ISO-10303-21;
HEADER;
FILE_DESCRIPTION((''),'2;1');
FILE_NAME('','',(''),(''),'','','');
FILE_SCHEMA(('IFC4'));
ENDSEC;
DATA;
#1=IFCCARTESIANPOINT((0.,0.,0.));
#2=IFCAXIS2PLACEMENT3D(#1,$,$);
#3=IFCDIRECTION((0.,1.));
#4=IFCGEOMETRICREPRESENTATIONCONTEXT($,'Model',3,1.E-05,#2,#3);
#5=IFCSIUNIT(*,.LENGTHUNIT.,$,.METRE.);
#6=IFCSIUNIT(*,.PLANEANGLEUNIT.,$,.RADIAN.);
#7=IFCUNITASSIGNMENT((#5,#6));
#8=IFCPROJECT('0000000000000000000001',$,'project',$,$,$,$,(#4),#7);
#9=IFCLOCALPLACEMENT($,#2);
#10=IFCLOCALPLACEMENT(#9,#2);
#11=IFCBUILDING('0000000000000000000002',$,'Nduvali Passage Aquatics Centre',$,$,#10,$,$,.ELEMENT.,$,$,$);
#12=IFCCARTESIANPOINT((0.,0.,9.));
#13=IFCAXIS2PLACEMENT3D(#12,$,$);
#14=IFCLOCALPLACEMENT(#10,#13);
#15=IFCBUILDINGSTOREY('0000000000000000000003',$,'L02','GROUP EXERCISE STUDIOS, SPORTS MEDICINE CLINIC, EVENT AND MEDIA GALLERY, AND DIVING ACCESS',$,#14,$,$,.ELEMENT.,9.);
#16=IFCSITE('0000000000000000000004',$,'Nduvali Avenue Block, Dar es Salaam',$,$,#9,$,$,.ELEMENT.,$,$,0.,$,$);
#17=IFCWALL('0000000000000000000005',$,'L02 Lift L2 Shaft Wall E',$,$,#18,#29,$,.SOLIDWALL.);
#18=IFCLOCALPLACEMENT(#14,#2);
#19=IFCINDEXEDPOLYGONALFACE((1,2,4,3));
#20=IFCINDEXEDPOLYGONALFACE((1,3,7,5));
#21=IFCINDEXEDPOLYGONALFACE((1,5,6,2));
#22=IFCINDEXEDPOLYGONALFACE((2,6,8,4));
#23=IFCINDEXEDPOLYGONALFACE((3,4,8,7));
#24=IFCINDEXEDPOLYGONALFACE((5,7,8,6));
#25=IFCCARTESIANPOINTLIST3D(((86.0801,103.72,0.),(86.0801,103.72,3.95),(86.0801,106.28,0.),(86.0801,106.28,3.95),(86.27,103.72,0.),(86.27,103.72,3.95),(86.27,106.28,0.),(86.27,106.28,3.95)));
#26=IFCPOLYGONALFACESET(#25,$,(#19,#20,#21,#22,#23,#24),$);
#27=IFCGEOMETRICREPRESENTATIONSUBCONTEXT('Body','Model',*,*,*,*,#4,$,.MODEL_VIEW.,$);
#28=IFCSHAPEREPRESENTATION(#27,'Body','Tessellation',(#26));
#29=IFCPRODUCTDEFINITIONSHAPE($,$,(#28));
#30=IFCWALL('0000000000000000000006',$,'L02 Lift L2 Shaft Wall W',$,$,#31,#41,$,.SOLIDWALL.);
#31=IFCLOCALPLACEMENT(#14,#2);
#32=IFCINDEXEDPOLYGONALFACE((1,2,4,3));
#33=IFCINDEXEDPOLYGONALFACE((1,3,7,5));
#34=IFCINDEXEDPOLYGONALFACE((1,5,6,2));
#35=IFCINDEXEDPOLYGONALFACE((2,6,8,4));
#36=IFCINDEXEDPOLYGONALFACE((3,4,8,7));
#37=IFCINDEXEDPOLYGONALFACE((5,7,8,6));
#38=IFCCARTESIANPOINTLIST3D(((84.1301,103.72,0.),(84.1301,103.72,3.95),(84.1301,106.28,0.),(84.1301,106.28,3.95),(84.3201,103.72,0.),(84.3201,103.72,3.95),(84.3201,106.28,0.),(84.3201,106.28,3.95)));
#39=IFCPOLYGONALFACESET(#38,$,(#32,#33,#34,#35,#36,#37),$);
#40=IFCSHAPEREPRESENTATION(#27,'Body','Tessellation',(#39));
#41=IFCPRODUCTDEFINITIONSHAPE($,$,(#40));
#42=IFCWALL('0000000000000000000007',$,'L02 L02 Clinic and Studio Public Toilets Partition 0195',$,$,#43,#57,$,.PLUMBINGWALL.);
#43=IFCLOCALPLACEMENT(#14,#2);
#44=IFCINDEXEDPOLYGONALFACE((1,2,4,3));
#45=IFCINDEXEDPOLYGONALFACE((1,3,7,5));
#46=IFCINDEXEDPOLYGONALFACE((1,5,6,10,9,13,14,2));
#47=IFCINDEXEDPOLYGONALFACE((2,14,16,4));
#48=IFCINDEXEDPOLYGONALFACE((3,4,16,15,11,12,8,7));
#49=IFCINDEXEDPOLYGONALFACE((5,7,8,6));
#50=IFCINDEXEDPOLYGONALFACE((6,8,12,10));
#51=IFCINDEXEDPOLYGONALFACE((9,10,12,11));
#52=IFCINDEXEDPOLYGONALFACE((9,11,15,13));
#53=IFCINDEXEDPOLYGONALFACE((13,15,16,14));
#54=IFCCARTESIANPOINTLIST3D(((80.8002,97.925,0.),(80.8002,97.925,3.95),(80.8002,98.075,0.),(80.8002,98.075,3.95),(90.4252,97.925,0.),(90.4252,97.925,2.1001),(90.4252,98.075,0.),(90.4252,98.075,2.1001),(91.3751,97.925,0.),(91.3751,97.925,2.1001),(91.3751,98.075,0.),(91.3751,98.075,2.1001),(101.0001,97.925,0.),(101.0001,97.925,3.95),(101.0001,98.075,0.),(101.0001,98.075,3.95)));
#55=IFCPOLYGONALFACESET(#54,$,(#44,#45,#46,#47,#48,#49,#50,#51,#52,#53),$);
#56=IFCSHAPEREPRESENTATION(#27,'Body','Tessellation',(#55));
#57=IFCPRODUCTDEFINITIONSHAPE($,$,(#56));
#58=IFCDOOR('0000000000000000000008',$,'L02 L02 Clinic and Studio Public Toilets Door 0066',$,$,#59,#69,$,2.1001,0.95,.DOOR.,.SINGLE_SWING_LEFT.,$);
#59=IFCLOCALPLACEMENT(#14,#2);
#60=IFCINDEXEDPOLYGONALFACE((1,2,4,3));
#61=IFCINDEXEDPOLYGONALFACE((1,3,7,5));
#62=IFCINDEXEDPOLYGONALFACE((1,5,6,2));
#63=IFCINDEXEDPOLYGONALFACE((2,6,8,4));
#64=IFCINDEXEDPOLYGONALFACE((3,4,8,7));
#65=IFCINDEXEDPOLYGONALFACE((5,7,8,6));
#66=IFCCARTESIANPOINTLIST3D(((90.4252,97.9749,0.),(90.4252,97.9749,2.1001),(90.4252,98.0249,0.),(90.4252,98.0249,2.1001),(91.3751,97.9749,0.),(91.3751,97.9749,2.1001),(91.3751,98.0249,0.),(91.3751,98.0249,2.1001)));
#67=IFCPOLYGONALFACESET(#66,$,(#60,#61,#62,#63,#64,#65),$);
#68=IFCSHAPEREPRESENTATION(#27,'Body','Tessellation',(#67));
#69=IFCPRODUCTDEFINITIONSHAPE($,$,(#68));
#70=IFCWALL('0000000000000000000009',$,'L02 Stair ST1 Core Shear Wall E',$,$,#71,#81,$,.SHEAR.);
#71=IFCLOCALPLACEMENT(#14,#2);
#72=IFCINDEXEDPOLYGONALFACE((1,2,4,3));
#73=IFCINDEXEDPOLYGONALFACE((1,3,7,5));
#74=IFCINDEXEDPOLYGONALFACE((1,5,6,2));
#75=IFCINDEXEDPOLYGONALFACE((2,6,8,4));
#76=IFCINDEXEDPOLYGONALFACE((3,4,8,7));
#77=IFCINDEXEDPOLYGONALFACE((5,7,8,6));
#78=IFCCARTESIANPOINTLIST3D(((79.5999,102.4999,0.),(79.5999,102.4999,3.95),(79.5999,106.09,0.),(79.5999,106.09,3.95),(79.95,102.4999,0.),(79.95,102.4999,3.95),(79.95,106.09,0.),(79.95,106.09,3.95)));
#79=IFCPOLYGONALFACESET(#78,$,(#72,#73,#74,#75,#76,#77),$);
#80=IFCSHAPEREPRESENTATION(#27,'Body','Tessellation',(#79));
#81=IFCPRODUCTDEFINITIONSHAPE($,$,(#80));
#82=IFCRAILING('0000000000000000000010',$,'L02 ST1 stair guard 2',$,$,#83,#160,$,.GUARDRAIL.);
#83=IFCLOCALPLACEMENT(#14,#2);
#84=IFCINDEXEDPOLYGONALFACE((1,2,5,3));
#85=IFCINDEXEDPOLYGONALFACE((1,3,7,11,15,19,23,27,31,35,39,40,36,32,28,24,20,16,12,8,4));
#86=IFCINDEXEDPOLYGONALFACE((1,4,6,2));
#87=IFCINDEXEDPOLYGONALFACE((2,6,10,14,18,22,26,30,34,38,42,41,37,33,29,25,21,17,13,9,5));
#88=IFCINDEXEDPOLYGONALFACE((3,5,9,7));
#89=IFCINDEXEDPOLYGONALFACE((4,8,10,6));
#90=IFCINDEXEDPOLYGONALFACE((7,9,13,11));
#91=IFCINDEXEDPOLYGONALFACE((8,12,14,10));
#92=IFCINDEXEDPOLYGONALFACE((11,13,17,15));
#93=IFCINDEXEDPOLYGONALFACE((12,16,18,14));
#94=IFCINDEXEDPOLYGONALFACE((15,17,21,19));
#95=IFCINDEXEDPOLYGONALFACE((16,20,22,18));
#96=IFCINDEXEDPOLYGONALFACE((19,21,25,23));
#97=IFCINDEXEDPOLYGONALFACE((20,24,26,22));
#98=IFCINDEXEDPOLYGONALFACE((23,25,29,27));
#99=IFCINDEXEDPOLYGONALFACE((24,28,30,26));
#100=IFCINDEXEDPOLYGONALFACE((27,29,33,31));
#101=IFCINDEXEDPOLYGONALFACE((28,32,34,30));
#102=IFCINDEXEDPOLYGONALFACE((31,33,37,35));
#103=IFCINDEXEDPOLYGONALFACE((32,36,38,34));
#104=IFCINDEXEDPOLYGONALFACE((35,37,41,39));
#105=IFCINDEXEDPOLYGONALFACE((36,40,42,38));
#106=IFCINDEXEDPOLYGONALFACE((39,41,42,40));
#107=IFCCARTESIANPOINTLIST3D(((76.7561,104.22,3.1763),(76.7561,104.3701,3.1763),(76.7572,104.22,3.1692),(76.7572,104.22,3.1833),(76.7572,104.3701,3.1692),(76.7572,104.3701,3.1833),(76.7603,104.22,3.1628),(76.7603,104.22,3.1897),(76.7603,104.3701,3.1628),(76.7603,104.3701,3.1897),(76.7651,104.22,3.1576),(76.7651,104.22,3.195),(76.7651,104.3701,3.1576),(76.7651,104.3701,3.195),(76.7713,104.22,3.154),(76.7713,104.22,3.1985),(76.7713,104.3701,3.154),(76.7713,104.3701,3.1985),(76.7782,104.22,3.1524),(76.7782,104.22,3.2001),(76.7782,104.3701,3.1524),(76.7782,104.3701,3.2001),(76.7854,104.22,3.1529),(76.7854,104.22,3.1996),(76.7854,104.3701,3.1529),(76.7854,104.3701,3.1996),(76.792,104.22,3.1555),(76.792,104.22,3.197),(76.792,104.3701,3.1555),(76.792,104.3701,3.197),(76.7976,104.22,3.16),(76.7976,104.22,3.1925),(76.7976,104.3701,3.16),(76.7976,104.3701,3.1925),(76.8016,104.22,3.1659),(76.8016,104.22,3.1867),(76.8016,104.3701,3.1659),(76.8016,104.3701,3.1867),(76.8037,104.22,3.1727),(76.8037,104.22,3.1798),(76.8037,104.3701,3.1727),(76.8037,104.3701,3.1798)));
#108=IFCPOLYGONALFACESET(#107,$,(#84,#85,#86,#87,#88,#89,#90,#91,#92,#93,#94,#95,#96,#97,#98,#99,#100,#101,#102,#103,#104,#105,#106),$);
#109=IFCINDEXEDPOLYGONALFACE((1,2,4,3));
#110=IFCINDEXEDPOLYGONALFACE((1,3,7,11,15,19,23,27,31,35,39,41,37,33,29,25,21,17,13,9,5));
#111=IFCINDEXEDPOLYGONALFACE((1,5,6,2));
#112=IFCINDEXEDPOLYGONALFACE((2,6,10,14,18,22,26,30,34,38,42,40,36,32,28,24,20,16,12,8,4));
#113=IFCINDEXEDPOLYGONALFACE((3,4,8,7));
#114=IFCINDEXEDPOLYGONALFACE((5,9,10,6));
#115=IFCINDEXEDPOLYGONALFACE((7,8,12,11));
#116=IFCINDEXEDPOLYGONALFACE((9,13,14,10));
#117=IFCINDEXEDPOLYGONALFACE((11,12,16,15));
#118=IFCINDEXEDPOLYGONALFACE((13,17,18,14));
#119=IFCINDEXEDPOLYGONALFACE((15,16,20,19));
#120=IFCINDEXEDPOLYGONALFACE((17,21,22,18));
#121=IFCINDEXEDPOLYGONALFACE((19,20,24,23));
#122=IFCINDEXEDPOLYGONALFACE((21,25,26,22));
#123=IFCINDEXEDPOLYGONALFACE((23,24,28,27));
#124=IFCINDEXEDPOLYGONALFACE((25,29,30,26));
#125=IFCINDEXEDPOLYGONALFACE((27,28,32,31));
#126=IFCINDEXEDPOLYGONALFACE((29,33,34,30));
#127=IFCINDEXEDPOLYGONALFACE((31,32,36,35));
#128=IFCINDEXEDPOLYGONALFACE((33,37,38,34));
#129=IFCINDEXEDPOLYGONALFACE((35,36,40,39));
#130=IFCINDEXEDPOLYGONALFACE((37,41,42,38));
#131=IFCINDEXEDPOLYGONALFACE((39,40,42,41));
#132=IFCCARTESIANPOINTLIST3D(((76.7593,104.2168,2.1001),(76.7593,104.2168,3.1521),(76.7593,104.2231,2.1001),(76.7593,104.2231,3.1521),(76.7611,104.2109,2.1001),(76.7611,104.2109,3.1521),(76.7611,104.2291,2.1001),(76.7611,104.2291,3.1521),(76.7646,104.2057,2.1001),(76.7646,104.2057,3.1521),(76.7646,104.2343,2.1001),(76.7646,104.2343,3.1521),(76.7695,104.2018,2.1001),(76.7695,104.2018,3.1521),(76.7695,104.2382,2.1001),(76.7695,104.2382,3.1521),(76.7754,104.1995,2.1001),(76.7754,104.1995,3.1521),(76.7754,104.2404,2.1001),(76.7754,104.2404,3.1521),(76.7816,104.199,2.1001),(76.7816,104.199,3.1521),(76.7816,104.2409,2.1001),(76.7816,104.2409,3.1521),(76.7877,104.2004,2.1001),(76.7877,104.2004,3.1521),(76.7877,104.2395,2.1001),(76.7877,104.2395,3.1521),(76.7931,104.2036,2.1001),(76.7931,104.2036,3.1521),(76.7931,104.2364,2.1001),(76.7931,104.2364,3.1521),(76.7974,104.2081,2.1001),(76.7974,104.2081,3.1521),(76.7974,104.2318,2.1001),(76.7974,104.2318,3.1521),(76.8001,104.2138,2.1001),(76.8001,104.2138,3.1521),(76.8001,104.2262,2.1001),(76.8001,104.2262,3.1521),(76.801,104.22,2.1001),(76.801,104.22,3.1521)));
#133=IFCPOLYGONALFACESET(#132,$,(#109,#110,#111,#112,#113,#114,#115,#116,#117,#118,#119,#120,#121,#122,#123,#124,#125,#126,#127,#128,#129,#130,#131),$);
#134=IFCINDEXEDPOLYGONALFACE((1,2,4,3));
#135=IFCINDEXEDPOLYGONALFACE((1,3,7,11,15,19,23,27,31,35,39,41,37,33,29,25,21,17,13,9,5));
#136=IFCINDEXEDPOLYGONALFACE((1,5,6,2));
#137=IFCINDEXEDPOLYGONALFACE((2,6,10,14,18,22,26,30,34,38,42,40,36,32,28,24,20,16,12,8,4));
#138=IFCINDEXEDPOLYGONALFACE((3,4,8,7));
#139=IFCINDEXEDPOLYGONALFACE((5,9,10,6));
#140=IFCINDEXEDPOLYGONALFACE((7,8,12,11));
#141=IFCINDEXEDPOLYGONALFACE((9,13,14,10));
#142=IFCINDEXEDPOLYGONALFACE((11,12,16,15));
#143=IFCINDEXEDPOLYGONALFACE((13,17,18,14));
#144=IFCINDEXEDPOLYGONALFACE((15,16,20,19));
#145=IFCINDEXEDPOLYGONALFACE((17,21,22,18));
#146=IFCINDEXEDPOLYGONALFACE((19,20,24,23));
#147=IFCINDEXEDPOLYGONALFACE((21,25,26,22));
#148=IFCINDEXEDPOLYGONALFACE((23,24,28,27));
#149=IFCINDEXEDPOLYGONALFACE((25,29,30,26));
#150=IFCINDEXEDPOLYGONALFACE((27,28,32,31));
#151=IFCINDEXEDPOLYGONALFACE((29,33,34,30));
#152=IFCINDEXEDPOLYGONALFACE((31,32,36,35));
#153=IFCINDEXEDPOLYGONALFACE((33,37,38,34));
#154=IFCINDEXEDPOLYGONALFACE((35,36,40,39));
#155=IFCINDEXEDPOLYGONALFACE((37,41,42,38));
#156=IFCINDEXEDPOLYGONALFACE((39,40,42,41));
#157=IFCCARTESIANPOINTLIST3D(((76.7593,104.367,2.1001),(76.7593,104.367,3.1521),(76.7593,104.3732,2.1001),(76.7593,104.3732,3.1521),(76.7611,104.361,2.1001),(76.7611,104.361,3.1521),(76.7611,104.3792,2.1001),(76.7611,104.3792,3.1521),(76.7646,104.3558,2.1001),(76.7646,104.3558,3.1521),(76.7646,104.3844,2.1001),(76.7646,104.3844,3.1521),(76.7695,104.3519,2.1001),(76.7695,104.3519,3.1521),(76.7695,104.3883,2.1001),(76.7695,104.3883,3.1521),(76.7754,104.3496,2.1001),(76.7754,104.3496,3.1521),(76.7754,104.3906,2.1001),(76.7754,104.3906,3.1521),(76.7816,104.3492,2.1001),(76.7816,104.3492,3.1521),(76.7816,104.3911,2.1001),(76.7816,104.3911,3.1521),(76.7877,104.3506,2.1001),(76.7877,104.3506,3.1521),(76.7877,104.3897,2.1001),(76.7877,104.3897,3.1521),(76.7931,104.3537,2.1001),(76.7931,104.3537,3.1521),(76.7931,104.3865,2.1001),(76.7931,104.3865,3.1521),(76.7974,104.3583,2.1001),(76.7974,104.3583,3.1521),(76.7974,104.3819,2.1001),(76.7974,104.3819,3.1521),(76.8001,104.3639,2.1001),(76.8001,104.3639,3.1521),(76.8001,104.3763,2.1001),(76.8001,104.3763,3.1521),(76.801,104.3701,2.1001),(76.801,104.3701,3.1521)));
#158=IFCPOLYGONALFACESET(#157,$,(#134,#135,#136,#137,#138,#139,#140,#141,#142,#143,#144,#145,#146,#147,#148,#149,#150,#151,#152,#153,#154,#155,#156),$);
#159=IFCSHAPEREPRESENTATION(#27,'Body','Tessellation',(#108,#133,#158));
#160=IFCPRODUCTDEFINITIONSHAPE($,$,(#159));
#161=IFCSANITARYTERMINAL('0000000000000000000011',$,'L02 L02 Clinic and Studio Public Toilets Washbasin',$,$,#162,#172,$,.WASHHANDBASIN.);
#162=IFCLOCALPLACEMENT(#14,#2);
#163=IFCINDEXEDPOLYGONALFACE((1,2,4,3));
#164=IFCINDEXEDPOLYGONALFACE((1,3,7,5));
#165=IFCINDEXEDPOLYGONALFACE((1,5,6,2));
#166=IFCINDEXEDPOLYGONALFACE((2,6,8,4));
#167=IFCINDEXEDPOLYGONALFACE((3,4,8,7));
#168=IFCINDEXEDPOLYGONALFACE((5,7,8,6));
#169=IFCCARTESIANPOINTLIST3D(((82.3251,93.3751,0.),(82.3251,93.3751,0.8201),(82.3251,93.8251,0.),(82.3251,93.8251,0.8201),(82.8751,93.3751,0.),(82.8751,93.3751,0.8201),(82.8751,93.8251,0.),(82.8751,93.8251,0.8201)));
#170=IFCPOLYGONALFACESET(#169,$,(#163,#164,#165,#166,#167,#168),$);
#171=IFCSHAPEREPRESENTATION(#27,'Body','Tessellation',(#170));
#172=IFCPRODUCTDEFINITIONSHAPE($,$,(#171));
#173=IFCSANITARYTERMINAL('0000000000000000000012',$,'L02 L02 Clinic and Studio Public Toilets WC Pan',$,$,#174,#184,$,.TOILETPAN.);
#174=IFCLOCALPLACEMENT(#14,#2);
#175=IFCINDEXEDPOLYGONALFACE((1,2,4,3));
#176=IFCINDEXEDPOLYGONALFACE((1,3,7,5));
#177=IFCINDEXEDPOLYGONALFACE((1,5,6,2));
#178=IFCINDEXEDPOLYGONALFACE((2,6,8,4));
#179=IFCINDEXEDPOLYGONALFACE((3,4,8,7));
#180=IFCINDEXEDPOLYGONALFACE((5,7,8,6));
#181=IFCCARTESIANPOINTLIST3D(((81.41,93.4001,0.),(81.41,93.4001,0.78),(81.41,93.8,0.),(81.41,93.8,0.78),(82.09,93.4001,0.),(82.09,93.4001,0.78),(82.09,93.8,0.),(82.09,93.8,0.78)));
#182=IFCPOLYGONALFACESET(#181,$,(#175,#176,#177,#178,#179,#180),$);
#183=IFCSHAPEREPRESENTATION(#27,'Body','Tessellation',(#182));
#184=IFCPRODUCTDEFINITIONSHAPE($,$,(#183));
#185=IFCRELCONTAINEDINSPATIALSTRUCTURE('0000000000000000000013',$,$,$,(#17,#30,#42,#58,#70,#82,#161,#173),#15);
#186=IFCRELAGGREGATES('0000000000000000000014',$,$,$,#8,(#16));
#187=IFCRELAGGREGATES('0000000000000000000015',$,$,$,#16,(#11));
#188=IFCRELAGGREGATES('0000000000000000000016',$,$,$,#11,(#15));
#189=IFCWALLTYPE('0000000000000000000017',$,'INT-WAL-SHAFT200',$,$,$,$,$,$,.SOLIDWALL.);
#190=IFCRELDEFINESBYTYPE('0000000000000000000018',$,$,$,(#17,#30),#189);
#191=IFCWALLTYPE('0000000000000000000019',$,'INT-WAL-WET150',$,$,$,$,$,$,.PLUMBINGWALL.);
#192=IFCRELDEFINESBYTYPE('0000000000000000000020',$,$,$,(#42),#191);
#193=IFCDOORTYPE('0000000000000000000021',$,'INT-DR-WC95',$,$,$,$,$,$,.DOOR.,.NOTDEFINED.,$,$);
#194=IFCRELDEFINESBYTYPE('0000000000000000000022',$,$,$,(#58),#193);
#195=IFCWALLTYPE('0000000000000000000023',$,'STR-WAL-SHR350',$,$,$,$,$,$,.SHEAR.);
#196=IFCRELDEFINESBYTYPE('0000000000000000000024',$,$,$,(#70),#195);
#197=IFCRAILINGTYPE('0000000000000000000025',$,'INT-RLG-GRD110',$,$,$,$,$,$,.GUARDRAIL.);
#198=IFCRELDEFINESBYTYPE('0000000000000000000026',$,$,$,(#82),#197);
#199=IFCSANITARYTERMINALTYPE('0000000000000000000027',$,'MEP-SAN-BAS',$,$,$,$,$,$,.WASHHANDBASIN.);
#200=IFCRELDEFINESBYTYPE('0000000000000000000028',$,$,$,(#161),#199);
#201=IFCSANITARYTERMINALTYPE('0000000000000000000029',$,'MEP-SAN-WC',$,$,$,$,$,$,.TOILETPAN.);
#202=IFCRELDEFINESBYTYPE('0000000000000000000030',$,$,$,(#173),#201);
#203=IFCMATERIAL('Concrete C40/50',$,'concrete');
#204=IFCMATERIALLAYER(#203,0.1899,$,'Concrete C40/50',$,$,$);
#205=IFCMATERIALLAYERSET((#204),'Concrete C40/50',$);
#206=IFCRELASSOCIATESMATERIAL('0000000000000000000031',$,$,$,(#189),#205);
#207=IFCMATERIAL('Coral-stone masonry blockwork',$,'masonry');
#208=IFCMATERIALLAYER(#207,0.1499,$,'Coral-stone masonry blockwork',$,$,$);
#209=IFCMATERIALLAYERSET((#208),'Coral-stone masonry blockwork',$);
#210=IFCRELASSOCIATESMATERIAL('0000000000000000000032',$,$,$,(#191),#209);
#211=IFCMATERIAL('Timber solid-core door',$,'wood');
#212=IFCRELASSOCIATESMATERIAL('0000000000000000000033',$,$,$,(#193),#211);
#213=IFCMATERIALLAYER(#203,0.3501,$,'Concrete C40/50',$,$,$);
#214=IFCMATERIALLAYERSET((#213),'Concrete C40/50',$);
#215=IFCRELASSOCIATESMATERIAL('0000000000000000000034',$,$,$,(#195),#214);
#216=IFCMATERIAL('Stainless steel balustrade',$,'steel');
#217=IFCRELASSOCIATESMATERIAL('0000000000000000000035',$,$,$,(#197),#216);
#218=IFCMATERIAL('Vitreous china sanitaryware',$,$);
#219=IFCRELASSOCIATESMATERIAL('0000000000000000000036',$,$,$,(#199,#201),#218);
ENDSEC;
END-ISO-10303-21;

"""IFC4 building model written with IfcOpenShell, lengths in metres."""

from ifc_helpers import new_model, si_unit, direction, frame, frame_2d, origin, origin_2d, place, context, subcontext, project, spatial, rectangle, circle, extrude, material, layer, layer_set, type_object, element, fill, save


model = new_model("IFC4")

# Units and contexts
model_context = context("Model", 3, precision=1e-05, world=origin(), true_north=direction((0.0, 1.0)))
body_context = subcontext(model_context, "Body", "Model", "MODEL_VIEW")
ifc_project = project(units=[si_unit("LENGTHUNIT", "METRE"), si_unit("PLANEANGLEUNIT", "RADIAN")], contexts=[model_context])

# Site, building, storey
site_placement = place(None, origin())
site = spatial("IfcSite", under=ifc_project, at=site_placement, Name="Nduvali Avenue Block, Dar es Salaam", CompositionType="ELEMENT", RefElevation=0.0)
building_placement = place(site_placement, origin())
building = spatial("IfcBuilding", under=site, at=building_placement, Name="Nduvali Passage Aquatics Centre", CompositionType="ELEMENT")
storey_placement = place(building_placement, frame((0.0, 0.0, 9.0)))
storey = spatial("IfcBuildingStorey", under=building, at=storey_placement, Name="L02", Description="GROUP EXERCISE STUDIOS, SPORTS MEDICINE CLINIC, EVENT AND MEDIA GALLERY, AND DIVING ACCESS", CompositionType="ELEMENT", Elevation=9.0)

# Shared definitions
ifc_material_1 = material(Name="Concrete C40/50", Category="concrete")

# Shared definitions
ifc_layer_1 = layer(ifc_material_1, 0.1899, Name="Concrete C40/50")
ifc_layer_set_1 = layer_set([ifc_layer_1], Name="Concrete C40/50")
wall_type_1 = type_object("IfcWallType", Name="INT-WAL-SHAFT200", PredefinedType="SOLIDWALL", material=ifc_layer_set_1)

# Walls
for number, where, z_axis, x_axis, name in (
    (1, (86.175, 103.72, 0.0), (0.0, 0.0, 1.0), (0.0, 1.0, 0.0), "L02 Lift L2 Shaft Wall E"),
    (2, (84.2251, 106.28, 0.0), (0.0, 0.0, 1.0), (0.0, -1.0, 0.0), "L02 Lift L2 Shaft Wall W"),
):
    element("IfcWall", number, at=place(storey_placement, frame(where, z_axis=z_axis, x_axis=x_axis)), inside=storey, type_object=wall_type_1, Name=name, PredefinedType="SOLIDWALL", context=body_context, shape_type="SweptSolid", body=[
        extrude(rectangle(XDim=2.5601, YDim=0.1899, at=frame_2d((1.28, 0.0))), origin(), (0.0, 0.0, 1.0), 3.95),
    ])

# Wall, opening, door
ifc_material_2 = material(Name="Coral-stone masonry blockwork", Category="masonry")
ifc_layer_2 = layer(ifc_material_2, 0.1499, Name="Coral-stone masonry blockwork")
ifc_layer_set_2 = layer_set([ifc_layer_2], Name="Coral-stone masonry blockwork")
wall_type_2 = type_object("IfcWallType", Name="INT-WAL-WET150", PredefinedType="PLUMBINGWALL", material=ifc_layer_set_2)
wall_1_placement = place(storey_placement, frame((80.8, 98.0, 0.0), z_axis=(0.0, 0.0, 1.0), x_axis=(1.0, 0.0, 0.0)))
wall_1 = element("IfcWall", 3, at=wall_1_placement, inside=storey, type_object=wall_type_2, Name="L02 L02 Clinic and Studio Public Toilets Partition 0195", PredefinedType="PLUMBINGWALL", context=body_context, shape_type="SweptSolid", body=[
    extrude(rectangle(XDim=20.2, YDim=0.1499, at=frame_2d((10.1001, 0.0))), origin(), (0.0, 0.0, 1.0), 3.95),
])
opening_1_placement = place(wall_1_placement, frame((9.625, 0.0, 0.0)))
opening_1 = element("IfcOpeningElement", 4, at=opening_1_placement, cuts=wall_1, PredefinedType="OPENING", context=body_context, shape_type="SweptSolid", body=[
    extrude(rectangle(XDim=0.95, YDim=2.1001, at=frame_2d((0.4751, 1.05))), frame((0.0, 0.0898, 0.0), z_axis=(0.0, -1.0, 0.0), x_axis=(1.0, 0.0, 0.0)), (0.0, 0.0, 1.0), 0.1797),
])
ifc_material_3 = material(Name="Timber solid-core door", Category="wood")
door_type_1 = type_object("IfcDoorType", Name="INT-DR-WC95", OperationType="NOTDEFINED", PredefinedType="DOOR", material=ifc_material_3)
door_1_placement = place(opening_1_placement, origin())
door_1 = element("IfcDoor", 5, at=door_1_placement, inside=storey, type_object=door_type_1, Name="L02 L02 Clinic and Studio Public Toilets Door 0066", OperationType="SINGLE_SWING_LEFT", OverallHeight=2.1001, OverallWidth=0.95, PredefinedType="DOOR", context=body_context, shape_type="SweptSolid", body=[
    extrude(rectangle(XDim=0.95, YDim=2.1001, at=frame_2d((0.4751, 1.05))), frame((0.0, 0.0249, 0.0), z_axis=(0.0, -1.0, 0.0), x_axis=(1.0, 0.0, 0.0)), (0.0, 0.0, 1.0), 0.05),
])
fill(opening_1, door_1)

# Wall
ifc_layer_3 = layer(ifc_material_1, 0.3501, Name="Concrete C40/50")
ifc_layer_set_3 = layer_set([ifc_layer_3], Name="Concrete C40/50")
wall_type_3 = type_object("IfcWallType", Name="STR-WAL-SHR350", PredefinedType="SHEAR", material=ifc_layer_set_3)
wall_2_placement = place(storey_placement, frame((79.7749, 102.5, 0.0), z_axis=(0.0, 0.0, 1.0), x_axis=(0.0, 1.0, 0.0)))
element("IfcWall", 6, at=wall_2_placement, inside=storey, type_object=wall_type_3, Name="L02 Stair ST1 Core Shear Wall E", PredefinedType="SHEAR", context=body_context, shape_type="SweptSolid", body=[
    extrude(rectangle(XDim=3.5901, YDim=0.3501, at=frame_2d((1.7949, 0.0))), origin(), (0.0, 0.0, 1.0), 3.95),
])

# Railing
ifc_material_4 = material(Name="Stainless steel balustrade", Category="steel")
railing_type = type_object("IfcRailingType", Name="INT-RLG-GRD110", PredefinedType="GUARDRAIL", material=ifc_material_4)
railing_placement = place(storey_placement, frame((76.78, 104.22, 2.1001)))
element("IfcRailing", 7, at=railing_placement, inside=storey, type_object=railing_type, Name="L02 ST1 stair guard 2", PredefinedType="GUARDRAIL", context=body_context, shape_type="SweptSolid", body=[
    extrude(circle(Radius=0.0239, at=origin_2d()), frame((0.0, 0.0, 1.0762), z_axis=(0.0, 1.0, 0.0), x_axis=(-1.0, 0.0, 0.0)), (0.0, 0.0, 1.0), 0.1501),
    extrude(circle(Radius=0.021, at=origin_2d()), origin(), (0.0, 0.0, 1.0), 1.052),
    extrude(circle(Radius=0.021, at=origin_2d()), frame((0.0, 0.1501, 0.0)), (0.0, 0.0, 1.0), 1.052),
])

# Sanitary terminals
ifc_material_5 = material(Name="Vitreous china sanitaryware")
sanitary_terminal_type_1 = type_object("IfcSanitaryTerminalType", Name="MEP-SAN-BAS", PredefinedType="WASHHANDBASIN", material=ifc_material_5)
sanitary_terminal_1_placement = place(storey_placement, frame((82.6001, 93.6001, 0.0), z_axis=(0.0, 0.0, 1.0), x_axis=(1.0, 0.0, 0.0)))
element("IfcSanitaryTerminal", 8, at=sanitary_terminal_1_placement, inside=storey, type_object=sanitary_terminal_type_1, Name="L02 L02 Clinic and Studio Public Toilets Washbasin", PredefinedType="WASHHANDBASIN", context=body_context, shape_type="SweptSolid", body=[
    extrude(rectangle(XDim=0.55, YDim=0.45, at=origin_2d()), origin(), (0.0, 0.0, 1.0), 0.8201),
])
sanitary_terminal_type_2 = type_object("IfcSanitaryTerminalType", Name="MEP-SAN-WC", PredefinedType="TOILETPAN", material=ifc_material_5)
sanitary_terminal_2_placement = place(storey_placement, frame((81.75, 93.6001, 0.0), z_axis=(0.0, 0.0, 1.0), x_axis=(1.0, 0.0, 0.0)))
element("IfcSanitaryTerminal", 9, at=sanitary_terminal_2_placement, inside=storey, type_object=sanitary_terminal_type_2, Name="L02 L02 Clinic and Studio Public Toilets WC Pan", PredefinedType="TOILETPAN", context=body_context, shape_type="SweptSolid", body=[
    extrude(rectangle(XDim=0.6799, YDim=0.3999, at=origin_2d()), origin(), (0.0, 0.0, 1.0), 0.78),
])

save(model, "model.ifc")
